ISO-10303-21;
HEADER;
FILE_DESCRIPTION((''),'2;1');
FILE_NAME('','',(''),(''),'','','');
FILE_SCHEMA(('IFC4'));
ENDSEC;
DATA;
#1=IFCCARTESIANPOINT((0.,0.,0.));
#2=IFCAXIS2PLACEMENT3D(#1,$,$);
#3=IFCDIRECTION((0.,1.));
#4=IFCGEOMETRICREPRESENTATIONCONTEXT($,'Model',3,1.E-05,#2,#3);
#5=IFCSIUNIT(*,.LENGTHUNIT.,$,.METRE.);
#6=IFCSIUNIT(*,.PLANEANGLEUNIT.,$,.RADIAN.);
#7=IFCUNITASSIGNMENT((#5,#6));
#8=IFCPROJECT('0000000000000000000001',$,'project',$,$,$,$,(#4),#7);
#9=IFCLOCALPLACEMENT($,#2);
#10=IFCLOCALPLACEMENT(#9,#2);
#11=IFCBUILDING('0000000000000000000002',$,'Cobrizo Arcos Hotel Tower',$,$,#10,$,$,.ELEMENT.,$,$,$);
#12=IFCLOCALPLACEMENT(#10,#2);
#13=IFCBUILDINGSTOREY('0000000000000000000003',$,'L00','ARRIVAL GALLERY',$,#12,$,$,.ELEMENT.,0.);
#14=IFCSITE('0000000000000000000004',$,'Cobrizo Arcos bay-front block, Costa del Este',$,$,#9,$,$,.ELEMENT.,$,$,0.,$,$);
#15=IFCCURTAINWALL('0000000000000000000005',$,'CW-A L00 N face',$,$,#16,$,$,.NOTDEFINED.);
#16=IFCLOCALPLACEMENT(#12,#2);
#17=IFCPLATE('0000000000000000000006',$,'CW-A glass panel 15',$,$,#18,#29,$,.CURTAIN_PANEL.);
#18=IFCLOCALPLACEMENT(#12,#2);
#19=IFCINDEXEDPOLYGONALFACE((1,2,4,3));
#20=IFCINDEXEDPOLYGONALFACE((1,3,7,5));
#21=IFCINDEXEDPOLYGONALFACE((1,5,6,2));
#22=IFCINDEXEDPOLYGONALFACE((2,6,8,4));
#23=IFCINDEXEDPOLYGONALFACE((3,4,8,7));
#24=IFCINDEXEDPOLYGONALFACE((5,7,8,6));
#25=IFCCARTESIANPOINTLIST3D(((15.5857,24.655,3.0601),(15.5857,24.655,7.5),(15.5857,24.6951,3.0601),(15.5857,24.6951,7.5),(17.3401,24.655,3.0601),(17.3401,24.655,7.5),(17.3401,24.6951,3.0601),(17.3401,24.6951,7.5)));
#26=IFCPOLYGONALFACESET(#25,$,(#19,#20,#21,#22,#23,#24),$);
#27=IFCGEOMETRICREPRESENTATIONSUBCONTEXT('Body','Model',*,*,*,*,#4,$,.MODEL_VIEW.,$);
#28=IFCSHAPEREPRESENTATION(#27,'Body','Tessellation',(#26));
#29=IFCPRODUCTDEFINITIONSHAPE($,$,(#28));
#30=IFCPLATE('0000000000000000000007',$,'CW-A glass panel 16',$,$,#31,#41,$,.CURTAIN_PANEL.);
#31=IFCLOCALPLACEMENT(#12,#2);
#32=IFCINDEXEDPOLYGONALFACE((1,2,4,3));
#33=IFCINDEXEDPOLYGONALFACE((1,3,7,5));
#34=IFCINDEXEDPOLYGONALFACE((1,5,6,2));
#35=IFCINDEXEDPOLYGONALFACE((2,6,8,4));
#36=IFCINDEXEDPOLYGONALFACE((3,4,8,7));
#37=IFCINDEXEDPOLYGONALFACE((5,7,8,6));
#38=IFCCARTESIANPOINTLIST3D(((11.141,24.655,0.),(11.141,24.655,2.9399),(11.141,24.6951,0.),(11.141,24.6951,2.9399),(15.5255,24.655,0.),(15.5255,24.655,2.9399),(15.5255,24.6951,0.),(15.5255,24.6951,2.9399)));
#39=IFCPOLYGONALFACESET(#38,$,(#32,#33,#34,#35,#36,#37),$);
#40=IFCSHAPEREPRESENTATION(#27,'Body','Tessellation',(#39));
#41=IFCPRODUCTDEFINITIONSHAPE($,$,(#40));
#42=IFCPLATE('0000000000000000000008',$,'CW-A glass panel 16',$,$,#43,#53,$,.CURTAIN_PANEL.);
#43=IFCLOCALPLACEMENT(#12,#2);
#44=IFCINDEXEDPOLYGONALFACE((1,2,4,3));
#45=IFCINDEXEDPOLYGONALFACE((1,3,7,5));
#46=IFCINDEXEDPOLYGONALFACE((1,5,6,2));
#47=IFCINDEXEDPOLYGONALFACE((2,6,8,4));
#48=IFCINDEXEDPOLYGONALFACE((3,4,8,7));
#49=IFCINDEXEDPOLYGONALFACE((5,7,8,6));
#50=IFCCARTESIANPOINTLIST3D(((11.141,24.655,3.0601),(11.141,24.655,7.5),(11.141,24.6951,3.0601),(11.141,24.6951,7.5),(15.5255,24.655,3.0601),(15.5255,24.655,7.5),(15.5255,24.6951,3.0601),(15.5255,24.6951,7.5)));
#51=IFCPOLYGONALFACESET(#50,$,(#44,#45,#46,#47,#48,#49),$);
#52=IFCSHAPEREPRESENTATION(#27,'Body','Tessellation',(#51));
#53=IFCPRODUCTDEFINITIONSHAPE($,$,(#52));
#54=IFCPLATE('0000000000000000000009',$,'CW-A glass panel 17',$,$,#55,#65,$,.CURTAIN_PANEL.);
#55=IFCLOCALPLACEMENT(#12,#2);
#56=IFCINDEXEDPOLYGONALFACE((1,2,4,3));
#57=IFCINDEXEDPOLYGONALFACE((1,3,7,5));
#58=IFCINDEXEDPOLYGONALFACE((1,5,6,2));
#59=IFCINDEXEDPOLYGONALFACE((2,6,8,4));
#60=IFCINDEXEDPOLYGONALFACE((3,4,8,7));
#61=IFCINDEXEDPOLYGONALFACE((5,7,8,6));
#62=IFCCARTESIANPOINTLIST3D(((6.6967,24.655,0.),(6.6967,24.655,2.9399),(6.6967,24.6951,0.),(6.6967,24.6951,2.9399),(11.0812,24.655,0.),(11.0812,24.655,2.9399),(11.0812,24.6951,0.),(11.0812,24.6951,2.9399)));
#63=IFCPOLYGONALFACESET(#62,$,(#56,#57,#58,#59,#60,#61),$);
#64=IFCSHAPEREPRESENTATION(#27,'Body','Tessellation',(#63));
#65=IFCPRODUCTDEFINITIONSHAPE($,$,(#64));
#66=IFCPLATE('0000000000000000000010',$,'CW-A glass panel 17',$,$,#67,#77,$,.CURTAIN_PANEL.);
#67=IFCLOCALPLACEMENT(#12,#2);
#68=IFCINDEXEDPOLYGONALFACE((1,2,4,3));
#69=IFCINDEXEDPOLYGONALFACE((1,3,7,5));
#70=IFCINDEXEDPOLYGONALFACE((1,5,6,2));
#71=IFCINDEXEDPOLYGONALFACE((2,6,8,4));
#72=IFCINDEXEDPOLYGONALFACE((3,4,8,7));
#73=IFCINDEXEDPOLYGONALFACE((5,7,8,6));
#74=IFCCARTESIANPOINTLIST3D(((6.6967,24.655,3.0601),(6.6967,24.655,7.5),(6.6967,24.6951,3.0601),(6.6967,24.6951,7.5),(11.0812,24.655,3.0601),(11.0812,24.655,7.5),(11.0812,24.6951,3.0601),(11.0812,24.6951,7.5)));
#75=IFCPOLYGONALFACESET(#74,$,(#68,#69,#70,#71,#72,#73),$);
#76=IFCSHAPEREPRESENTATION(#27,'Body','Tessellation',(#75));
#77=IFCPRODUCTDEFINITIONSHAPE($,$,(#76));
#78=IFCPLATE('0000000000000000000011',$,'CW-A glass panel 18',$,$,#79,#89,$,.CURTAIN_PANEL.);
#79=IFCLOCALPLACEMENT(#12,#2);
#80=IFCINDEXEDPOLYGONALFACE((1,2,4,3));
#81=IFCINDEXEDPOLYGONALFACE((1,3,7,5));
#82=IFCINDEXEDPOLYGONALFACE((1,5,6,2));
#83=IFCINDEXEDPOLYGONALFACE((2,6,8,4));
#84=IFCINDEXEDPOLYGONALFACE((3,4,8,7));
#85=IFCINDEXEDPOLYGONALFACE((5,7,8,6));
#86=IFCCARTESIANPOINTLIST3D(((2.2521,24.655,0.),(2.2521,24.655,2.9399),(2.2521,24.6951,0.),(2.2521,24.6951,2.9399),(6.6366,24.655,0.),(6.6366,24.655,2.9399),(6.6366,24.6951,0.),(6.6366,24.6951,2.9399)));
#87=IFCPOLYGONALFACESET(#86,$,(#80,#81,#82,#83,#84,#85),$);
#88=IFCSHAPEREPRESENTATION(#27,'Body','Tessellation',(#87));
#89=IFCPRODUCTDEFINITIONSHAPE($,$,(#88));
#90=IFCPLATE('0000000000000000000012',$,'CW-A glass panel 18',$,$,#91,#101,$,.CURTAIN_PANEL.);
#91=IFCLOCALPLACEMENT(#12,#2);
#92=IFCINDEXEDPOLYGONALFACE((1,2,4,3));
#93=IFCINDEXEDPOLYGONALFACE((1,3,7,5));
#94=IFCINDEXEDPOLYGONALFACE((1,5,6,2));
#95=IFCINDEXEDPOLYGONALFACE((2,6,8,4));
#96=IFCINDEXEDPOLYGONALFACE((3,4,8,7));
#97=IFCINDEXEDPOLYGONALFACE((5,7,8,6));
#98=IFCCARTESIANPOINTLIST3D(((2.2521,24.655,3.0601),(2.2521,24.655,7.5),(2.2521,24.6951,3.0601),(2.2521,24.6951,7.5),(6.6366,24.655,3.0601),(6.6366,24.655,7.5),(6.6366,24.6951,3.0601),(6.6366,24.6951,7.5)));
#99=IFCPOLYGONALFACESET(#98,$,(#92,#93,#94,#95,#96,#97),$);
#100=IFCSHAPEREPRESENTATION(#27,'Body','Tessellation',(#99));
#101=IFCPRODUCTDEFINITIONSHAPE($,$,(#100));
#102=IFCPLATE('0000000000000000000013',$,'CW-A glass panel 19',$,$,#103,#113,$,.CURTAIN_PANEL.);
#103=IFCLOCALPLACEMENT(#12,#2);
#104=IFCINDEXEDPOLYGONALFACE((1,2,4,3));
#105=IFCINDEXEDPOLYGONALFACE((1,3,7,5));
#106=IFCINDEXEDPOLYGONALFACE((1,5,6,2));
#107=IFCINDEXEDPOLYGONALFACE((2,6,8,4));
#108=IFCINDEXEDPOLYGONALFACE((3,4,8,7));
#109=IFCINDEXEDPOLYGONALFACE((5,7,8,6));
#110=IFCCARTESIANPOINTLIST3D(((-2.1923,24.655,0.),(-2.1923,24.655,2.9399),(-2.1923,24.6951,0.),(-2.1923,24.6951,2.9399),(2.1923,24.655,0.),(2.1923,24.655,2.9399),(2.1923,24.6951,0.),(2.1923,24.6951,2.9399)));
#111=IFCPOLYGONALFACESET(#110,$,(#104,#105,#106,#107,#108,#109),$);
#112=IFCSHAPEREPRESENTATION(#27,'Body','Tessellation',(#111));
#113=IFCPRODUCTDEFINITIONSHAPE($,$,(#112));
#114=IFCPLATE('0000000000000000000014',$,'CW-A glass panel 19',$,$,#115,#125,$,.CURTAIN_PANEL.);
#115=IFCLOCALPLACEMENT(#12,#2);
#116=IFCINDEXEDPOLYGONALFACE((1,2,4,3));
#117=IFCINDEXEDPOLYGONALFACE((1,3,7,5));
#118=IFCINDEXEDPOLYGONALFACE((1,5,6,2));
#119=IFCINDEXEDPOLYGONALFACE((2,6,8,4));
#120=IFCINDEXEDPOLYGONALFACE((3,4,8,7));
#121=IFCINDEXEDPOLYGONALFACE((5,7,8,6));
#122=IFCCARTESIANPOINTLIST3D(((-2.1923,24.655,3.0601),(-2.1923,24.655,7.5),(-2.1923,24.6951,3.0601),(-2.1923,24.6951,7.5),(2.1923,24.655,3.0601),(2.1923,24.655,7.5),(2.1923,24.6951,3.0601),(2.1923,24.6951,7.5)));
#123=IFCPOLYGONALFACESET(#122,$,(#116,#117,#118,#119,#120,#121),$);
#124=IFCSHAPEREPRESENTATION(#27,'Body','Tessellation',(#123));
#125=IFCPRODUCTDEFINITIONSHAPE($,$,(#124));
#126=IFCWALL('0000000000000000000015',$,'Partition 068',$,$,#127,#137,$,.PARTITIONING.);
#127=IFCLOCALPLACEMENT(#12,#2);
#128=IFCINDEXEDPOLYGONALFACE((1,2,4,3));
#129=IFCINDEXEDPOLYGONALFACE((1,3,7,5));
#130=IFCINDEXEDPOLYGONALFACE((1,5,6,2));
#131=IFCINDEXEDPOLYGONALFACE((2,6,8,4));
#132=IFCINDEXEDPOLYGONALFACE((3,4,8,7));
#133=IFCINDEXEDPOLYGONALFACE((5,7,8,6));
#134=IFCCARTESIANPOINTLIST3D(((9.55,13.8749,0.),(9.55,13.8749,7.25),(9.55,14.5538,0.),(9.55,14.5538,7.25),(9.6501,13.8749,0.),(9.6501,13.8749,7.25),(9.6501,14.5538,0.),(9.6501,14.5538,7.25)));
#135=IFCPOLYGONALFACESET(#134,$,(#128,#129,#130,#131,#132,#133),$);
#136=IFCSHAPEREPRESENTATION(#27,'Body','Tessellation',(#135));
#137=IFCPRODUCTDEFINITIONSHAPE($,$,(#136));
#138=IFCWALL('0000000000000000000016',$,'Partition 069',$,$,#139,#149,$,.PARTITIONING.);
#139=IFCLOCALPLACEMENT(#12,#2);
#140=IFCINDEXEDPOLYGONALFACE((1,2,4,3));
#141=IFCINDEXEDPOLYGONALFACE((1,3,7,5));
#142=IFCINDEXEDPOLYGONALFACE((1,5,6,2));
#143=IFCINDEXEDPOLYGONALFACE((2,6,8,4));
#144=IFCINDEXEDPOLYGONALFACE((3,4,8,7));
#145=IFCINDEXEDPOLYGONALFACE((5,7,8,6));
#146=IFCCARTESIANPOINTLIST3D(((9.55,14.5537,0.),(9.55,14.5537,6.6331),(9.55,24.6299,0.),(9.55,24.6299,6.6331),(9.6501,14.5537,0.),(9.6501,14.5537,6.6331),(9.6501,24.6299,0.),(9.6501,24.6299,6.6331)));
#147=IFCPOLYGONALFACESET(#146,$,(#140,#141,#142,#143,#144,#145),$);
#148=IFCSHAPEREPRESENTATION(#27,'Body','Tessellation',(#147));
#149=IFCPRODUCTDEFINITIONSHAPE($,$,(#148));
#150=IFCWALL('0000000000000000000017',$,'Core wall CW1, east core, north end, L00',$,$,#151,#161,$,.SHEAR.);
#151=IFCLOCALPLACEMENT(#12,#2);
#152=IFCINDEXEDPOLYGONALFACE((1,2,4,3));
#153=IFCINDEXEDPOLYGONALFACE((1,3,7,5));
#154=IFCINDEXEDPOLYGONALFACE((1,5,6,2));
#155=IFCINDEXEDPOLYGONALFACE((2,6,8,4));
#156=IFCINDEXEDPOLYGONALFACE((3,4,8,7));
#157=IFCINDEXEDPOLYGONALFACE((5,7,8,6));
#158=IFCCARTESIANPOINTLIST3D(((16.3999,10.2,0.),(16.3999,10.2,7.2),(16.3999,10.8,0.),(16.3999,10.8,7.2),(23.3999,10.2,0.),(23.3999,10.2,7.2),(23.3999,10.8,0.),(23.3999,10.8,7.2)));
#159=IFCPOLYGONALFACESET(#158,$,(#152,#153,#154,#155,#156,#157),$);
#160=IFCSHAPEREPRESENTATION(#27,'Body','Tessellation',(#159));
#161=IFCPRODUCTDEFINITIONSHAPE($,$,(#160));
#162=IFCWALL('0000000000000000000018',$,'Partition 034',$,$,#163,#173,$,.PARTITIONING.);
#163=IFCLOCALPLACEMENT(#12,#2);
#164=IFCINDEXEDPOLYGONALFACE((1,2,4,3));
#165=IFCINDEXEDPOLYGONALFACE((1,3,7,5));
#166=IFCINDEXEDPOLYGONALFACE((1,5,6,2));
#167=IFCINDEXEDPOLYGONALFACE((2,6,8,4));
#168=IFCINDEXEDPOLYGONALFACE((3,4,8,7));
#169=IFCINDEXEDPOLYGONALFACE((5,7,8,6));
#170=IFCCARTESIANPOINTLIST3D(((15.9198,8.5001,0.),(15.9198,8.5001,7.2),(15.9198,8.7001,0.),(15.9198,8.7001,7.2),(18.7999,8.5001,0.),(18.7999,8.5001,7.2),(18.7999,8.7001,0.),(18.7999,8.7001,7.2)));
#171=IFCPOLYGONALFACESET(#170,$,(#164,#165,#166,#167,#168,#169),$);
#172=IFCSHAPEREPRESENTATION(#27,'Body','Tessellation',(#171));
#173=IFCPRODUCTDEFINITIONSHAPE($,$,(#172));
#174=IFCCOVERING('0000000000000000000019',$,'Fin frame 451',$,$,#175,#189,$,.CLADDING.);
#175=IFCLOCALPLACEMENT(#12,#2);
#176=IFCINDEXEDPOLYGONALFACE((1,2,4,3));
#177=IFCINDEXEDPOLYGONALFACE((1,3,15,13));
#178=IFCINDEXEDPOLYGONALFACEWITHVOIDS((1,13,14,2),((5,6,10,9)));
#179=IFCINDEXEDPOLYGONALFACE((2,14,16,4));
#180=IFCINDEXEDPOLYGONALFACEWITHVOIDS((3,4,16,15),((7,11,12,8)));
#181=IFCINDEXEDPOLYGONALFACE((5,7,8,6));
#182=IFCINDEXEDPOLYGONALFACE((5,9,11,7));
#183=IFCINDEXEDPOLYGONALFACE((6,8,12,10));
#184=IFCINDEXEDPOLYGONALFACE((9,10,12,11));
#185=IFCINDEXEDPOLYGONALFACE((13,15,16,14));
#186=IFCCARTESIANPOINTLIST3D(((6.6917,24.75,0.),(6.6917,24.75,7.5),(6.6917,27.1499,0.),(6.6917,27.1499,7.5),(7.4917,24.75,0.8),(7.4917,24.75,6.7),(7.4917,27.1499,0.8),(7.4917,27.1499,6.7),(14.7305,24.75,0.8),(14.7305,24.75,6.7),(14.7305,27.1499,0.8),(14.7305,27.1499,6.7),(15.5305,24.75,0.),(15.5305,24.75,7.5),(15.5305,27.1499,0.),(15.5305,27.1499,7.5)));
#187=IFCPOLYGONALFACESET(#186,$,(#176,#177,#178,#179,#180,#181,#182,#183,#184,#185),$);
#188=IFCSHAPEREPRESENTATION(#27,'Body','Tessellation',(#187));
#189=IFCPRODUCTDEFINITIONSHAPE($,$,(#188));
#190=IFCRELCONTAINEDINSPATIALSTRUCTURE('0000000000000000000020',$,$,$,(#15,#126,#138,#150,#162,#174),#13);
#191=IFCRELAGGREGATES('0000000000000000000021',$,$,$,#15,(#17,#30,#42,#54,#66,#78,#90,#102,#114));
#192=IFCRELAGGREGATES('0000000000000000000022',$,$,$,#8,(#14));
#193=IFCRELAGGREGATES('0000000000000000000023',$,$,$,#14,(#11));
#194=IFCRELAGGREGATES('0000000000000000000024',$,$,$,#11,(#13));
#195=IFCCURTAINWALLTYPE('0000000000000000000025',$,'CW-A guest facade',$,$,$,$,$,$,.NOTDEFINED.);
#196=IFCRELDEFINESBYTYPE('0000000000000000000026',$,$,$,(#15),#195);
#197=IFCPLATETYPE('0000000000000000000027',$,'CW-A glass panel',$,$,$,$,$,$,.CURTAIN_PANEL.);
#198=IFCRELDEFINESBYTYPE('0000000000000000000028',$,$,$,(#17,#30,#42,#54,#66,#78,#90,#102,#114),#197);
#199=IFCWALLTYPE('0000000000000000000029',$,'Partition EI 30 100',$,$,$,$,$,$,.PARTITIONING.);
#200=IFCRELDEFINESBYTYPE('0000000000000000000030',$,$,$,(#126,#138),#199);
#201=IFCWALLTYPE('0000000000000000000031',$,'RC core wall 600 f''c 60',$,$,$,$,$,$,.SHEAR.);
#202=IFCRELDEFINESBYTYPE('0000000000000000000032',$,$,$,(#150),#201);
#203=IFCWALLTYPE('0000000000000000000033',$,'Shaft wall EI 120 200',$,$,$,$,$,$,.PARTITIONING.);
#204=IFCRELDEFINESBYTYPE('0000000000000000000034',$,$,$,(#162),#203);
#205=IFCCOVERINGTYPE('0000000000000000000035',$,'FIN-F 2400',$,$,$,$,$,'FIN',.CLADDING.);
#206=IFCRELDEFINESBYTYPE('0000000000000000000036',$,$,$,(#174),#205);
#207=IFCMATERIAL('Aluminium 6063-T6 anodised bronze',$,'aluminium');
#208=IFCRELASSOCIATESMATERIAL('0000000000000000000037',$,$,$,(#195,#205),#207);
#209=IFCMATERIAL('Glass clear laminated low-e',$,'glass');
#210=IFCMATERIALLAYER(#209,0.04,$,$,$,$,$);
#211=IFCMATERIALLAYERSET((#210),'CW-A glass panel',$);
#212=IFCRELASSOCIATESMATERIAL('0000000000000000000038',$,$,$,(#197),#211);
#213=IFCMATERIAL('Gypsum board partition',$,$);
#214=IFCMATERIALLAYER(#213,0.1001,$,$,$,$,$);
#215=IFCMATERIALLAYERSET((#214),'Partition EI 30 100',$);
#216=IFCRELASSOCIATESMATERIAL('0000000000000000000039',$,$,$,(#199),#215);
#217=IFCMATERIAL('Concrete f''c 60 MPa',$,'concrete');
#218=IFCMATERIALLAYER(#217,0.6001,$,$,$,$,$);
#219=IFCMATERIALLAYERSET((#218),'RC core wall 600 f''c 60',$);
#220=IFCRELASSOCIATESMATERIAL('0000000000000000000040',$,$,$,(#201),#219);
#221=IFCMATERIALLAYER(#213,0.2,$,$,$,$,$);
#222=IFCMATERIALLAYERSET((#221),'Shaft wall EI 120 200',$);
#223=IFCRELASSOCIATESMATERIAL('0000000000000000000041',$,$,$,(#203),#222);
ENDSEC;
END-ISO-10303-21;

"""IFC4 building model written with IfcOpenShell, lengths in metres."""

from ifc_helpers import new_model, si_unit, direction, frame, frame_2d, origin, origin_2d, place, context, subcontext, project, spatial, polyline, rectangle, outline, extrude, material, layer, layer_set, type_object, element, aggregate, save


model = new_model("IFC4")

# Units and contexts
model_context = context("Model", 3, precision=1e-05, world=origin(), true_north=direction((0.0, 1.0)))
body_context = subcontext(model_context, "Body", "Model", "MODEL_VIEW")
ifc_project = project(units=[si_unit("LENGTHUNIT", "METRE"), si_unit("PLANEANGLEUNIT", "RADIAN")], contexts=[model_context])

# Site, building, storey
site_placement = place(None, origin())
site = spatial("IfcSite", under=ifc_project, at=site_placement, Name="Cobrizo Arcos bay-front block, Costa del Este", CompositionType="ELEMENT", RefElevation=0.0)
building_placement = place(site_placement, origin())
building = spatial("IfcBuilding", under=site, at=building_placement, Name="Cobrizo Arcos Hotel Tower", CompositionType="ELEMENT")
storey_placement = place(building_placement, origin())
storey = spatial("IfcBuildingStorey", under=building, at=storey_placement, Name="L00", Description="ARRIVAL GALLERY", CompositionType="ELEMENT", Elevation=0.0)

# Curtain wall
ifc_material_1 = material(Name="Aluminium 6063-T6 anodised bronze", Category="aluminium")
curtain_wall_type = type_object("IfcCurtainWallType", Name="CW-A guest facade", PredefinedType="NOTDEFINED", material=ifc_material_1)
curtain_wall_placement = place(storey_placement, origin())
curtain_wall = element("IfcCurtainWall", 1, at=curtain_wall_placement, inside=storey, type_object=curtain_wall_type, Name="CW-A L00 N face", PredefinedType="NOTDEFINED")

# Plates
ifc_material_2 = material(Name="Glass clear laminated low-e", Category="glass")
ifc_layer_1 = layer(ifc_material_2, 0.04)
ifc_layer_set_1 = layer_set([ifc_layer_1], Name="CW-A glass panel")
plate_type = type_object("IfcPlateType", Name="CW-A glass panel", PredefinedType="CURTAIN_PANEL", material=ifc_layer_set_1)
plate_1_placement = place(storey_placement, frame((16.4629, 24.675, 3.0601), z_axis=(0.0, 0.0, 1.0), x_axis=(-1.0, 0.0, 0.0)))
plate_1 = element("IfcPlate", 2, at=plate_1_placement, type_object=plate_type, Name="CW-A glass panel 15", PredefinedType="CURTAIN_PANEL", context=body_context, shape_type="SweptSolid", body=[
    extrude(rectangle(XDim=1.7544, YDim=0.04, at=origin_2d()), origin(), (0.0, 0.0, 1.0), 4.4399),
])
plate_2_placement = place(storey_placement, frame((13.3333, 24.675, 0.0), z_axis=(0.0, 0.0, 1.0), x_axis=(-1.0, 0.0, 0.0)))
plate_2 = element("IfcPlate", 3, at=plate_2_placement, type_object=plate_type, Name="CW-A glass panel 16", PredefinedType="CURTAIN_PANEL", context=body_context, shape_type="SweptSolid", body=[
    extrude(rectangle(XDim=4.3845, YDim=0.04, at=origin_2d()), origin(), (0.0, 0.0, 1.0), 2.9399),
])
plate_3_placement = place(storey_placement, frame((13.3333, 24.675, 3.0601), z_axis=(0.0, 0.0, 1.0), x_axis=(-1.0, 0.0, 0.0)))
plate_3 = element("IfcPlate", 4, at=plate_3_placement, type_object=plate_type, Name="CW-A glass panel 16", PredefinedType="CURTAIN_PANEL", context=body_context, shape_type="SweptSolid", body=[
    extrude(rectangle(XDim=4.3845, YDim=0.04, at=origin_2d()), origin(), (0.0, 0.0, 1.0), 4.4399),
])
plate_4_placement = place(storey_placement, frame((8.8889, 24.675, 0.0), z_axis=(0.0, 0.0, 1.0), x_axis=(-1.0, 0.0, 0.0)))
plate_4 = element("IfcPlate", 5, at=plate_4_placement, type_object=plate_type, Name="CW-A glass panel 17", PredefinedType="CURTAIN_PANEL", context=body_context, shape_type="SweptSolid", body=[
    extrude(rectangle(XDim=4.3845, YDim=0.04, at=origin_2d()), origin(), (0.0, 0.0, 1.0), 2.9399),
])
plate_5_placement = place(storey_placement, frame((8.8889, 24.675, 3.0601), z_axis=(0.0, 0.0, 1.0), x_axis=(-1.0, 0.0, 0.0)))
plate_5 = element("IfcPlate", 6, at=plate_5_placement, type_object=plate_type, Name="CW-A glass panel 17", PredefinedType="CURTAIN_PANEL", context=body_context, shape_type="SweptSolid", body=[
    extrude(rectangle(XDim=4.3845, YDim=0.04, at=origin_2d()), origin(), (0.0, 0.0, 1.0), 4.4399),
])
plate_6_placement = place(storey_placement, frame((4.4443, 24.675, 0.0), z_axis=(0.0, 0.0, 1.0), x_axis=(-1.0, 0.0, 0.0)))
plate_6 = element("IfcPlate", 7, at=plate_6_placement, type_object=plate_type, Name="CW-A glass panel 18", PredefinedType="CURTAIN_PANEL", context=body_context, shape_type="SweptSolid", body=[
    extrude(rectangle(XDim=4.3845, YDim=0.04, at=origin_2d()), origin(), (0.0, 0.0, 1.0), 2.9399),
])
plate_7_placement = place(storey_placement, frame((4.4443, 24.675, 3.0601), z_axis=(0.0, 0.0, 1.0), x_axis=(-1.0, 0.0, 0.0)))
plate_7 = element("IfcPlate", 8, at=plate_7_placement, type_object=plate_type, Name="CW-A glass panel 18", PredefinedType="CURTAIN_PANEL", context=body_context, shape_type="SweptSolid", body=[
    extrude(rectangle(XDim=4.3845, YDim=0.04, at=origin_2d()), origin(), (0.0, 0.0, 1.0), 4.4399),
])
plate_8_placement = place(storey_placement, frame((0.0, 24.675, 0.0), z_axis=(0.0, 0.0, 1.0), x_axis=(-1.0, 0.0, 0.0)))
plate_8 = element("IfcPlate", 9, at=plate_8_placement, type_object=plate_type, Name="CW-A glass panel 19", PredefinedType="CURTAIN_PANEL", context=body_context, shape_type="SweptSolid", body=[
    extrude(rectangle(XDim=4.3845, YDim=0.04, at=origin_2d()), origin(), (0.0, 0.0, 1.0), 2.9399),
])
plate_9_placement = place(storey_placement, frame((0.0, 24.675, 3.0601), z_axis=(0.0, 0.0, 1.0), x_axis=(-1.0, 0.0, 0.0)))
plate_9 = element("IfcPlate", 10, at=plate_9_placement, type_object=plate_type, Name="CW-A glass panel 19", PredefinedType="CURTAIN_PANEL", context=body_context, shape_type="SweptSolid", body=[
    extrude(rectangle(XDim=4.3845, YDim=0.04, at=origin_2d()), origin(), (0.0, 0.0, 1.0), 4.4399),
])
aggregate(curtain_wall, [plate_1, plate_2, plate_3, plate_4, plate_5, plate_6, plate_7, plate_8, plate_9])

# Walls
ifc_material_3 = material(Name="Gypsum board partition")
ifc_layer_2 = layer(ifc_material_3, 0.1001)
ifc_layer_set_2 = layer_set([ifc_layer_2], Name="Partition EI 30 100")
wall_type_1 = type_object("IfcWallType", Name="Partition EI 30 100", PredefinedType="PARTITIONING", material=ifc_layer_set_2)
wall_1_placement = place(storey_placement, frame((9.6001, 13.875, 0.0), z_axis=(0.0, 0.0, 1.0), x_axis=(0.0, 1.0, 0.0)))
element("IfcWall", 11, at=wall_1_placement, inside=storey, type_object=wall_type_1, Name="Partition 068", PredefinedType="PARTITIONING", context=body_context, shape_type="SweptSolid", body=[
    extrude(rectangle(XDim=0.679, YDim=0.1001, at=frame_2d((0.3394, 0.0))), origin(), (0.0, 0.0, 1.0), 7.25),
])
wall_2_placement = place(storey_placement, frame((9.6001, 14.5537, 0.0), z_axis=(0.0, 0.0, 1.0), x_axis=(0.0, 1.0, 0.0)))
element("IfcWall", 12, at=wall_2_placement, inside=storey, type_object=wall_type_1, Name="Partition 069", PredefinedType="PARTITIONING", context=body_context, shape_type="SweptSolid", body=[
    extrude(rectangle(XDim=10.0762, YDim=0.1001, at=frame_2d((5.0381, 0.0))), origin(), (0.0, 0.0, 1.0), 6.6331),
])
ifc_material_4 = material(Name="Concrete f'c 60 MPa", Category="concrete")
ifc_layer_3 = layer(ifc_material_4, 0.6001)
ifc_layer_set_3 = layer_set([ifc_layer_3], Name="RC core wall 600 f'c 60")
wall_type_2 = type_object("IfcWallType", Name="RC core wall 600 f'c 60", PredefinedType="SHEAR", material=ifc_layer_set_3)
wall_3_placement = place(storey_placement, frame((16.3999, 10.5, 0.0), z_axis=(0.0, 0.0, 1.0), x_axis=(1.0, 0.0, 0.0)))
element("IfcWall", 13, at=wall_3_placement, inside=storey, type_object=wall_type_2, Name="Core wall CW1, east core, north end, L00", PredefinedType="SHEAR", context=body_context, shape_type="SweptSolid", body=[
    extrude(rectangle(XDim=7.0, YDim=0.6001, at=frame_2d((3.5, 0.0))), origin(), (0.0, 0.0, 1.0), 7.2),
])
ifc_layer_4 = layer(ifc_material_3, 0.2)
ifc_layer_set_4 = layer_set([ifc_layer_4], Name="Shaft wall EI 120 200")
wall_type_3 = type_object("IfcWallType", Name="Shaft wall EI 120 200", PredefinedType="PARTITIONING", material=ifc_layer_set_4)
wall_4_placement = place(storey_placement, frame((15.9199, 8.6001, 0.0), z_axis=(0.0, 0.0, 1.0), x_axis=(1.0, 0.0, 0.0)))
element("IfcWall", 14, at=wall_4_placement, inside=storey, type_object=wall_type_3, Name="Partition 034", PredefinedType="PARTITIONING", context=body_context, shape_type="SweptSolid", body=[
    extrude(rectangle(XDim=2.8801, YDim=0.2, at=frame_2d((1.4399, 0.0))), origin(), (0.0, 0.0, 1.0), 7.2),
])

# Covering
covering_type = type_object("IfcCoveringType", Name="FIN-F 2400", ElementType="FIN", PredefinedType="CLADDING", material=ifc_material_1)
covering_placement = place(storey_placement, frame((15.5305, 24.75, 0.0), z_axis=(0.0, 1.0, 0.0), x_axis=(-1.0, 0.0, 0.0)))
element("IfcCovering", 15, at=covering_placement, inside=storey, type_object=covering_type, Name="Fin frame 451", PredefinedType="CLADDING", context=body_context, shape_type="SweptSolid", body=[
    extrude(outline(polyline([(0.0, 7.5), (0.0, 0.0), (8.8389, 0.0), (8.8389, 7.5), (0.0, 7.5)]), holes=[polyline([(8.0388, 0.8), (0.8, 0.8), (0.8, 6.7), (8.0388, 6.7), (8.0388, 0.8)])]), origin(), (0.0, 0.0, 1.0), 2.3999),
])

save(model, "model.ifc")
